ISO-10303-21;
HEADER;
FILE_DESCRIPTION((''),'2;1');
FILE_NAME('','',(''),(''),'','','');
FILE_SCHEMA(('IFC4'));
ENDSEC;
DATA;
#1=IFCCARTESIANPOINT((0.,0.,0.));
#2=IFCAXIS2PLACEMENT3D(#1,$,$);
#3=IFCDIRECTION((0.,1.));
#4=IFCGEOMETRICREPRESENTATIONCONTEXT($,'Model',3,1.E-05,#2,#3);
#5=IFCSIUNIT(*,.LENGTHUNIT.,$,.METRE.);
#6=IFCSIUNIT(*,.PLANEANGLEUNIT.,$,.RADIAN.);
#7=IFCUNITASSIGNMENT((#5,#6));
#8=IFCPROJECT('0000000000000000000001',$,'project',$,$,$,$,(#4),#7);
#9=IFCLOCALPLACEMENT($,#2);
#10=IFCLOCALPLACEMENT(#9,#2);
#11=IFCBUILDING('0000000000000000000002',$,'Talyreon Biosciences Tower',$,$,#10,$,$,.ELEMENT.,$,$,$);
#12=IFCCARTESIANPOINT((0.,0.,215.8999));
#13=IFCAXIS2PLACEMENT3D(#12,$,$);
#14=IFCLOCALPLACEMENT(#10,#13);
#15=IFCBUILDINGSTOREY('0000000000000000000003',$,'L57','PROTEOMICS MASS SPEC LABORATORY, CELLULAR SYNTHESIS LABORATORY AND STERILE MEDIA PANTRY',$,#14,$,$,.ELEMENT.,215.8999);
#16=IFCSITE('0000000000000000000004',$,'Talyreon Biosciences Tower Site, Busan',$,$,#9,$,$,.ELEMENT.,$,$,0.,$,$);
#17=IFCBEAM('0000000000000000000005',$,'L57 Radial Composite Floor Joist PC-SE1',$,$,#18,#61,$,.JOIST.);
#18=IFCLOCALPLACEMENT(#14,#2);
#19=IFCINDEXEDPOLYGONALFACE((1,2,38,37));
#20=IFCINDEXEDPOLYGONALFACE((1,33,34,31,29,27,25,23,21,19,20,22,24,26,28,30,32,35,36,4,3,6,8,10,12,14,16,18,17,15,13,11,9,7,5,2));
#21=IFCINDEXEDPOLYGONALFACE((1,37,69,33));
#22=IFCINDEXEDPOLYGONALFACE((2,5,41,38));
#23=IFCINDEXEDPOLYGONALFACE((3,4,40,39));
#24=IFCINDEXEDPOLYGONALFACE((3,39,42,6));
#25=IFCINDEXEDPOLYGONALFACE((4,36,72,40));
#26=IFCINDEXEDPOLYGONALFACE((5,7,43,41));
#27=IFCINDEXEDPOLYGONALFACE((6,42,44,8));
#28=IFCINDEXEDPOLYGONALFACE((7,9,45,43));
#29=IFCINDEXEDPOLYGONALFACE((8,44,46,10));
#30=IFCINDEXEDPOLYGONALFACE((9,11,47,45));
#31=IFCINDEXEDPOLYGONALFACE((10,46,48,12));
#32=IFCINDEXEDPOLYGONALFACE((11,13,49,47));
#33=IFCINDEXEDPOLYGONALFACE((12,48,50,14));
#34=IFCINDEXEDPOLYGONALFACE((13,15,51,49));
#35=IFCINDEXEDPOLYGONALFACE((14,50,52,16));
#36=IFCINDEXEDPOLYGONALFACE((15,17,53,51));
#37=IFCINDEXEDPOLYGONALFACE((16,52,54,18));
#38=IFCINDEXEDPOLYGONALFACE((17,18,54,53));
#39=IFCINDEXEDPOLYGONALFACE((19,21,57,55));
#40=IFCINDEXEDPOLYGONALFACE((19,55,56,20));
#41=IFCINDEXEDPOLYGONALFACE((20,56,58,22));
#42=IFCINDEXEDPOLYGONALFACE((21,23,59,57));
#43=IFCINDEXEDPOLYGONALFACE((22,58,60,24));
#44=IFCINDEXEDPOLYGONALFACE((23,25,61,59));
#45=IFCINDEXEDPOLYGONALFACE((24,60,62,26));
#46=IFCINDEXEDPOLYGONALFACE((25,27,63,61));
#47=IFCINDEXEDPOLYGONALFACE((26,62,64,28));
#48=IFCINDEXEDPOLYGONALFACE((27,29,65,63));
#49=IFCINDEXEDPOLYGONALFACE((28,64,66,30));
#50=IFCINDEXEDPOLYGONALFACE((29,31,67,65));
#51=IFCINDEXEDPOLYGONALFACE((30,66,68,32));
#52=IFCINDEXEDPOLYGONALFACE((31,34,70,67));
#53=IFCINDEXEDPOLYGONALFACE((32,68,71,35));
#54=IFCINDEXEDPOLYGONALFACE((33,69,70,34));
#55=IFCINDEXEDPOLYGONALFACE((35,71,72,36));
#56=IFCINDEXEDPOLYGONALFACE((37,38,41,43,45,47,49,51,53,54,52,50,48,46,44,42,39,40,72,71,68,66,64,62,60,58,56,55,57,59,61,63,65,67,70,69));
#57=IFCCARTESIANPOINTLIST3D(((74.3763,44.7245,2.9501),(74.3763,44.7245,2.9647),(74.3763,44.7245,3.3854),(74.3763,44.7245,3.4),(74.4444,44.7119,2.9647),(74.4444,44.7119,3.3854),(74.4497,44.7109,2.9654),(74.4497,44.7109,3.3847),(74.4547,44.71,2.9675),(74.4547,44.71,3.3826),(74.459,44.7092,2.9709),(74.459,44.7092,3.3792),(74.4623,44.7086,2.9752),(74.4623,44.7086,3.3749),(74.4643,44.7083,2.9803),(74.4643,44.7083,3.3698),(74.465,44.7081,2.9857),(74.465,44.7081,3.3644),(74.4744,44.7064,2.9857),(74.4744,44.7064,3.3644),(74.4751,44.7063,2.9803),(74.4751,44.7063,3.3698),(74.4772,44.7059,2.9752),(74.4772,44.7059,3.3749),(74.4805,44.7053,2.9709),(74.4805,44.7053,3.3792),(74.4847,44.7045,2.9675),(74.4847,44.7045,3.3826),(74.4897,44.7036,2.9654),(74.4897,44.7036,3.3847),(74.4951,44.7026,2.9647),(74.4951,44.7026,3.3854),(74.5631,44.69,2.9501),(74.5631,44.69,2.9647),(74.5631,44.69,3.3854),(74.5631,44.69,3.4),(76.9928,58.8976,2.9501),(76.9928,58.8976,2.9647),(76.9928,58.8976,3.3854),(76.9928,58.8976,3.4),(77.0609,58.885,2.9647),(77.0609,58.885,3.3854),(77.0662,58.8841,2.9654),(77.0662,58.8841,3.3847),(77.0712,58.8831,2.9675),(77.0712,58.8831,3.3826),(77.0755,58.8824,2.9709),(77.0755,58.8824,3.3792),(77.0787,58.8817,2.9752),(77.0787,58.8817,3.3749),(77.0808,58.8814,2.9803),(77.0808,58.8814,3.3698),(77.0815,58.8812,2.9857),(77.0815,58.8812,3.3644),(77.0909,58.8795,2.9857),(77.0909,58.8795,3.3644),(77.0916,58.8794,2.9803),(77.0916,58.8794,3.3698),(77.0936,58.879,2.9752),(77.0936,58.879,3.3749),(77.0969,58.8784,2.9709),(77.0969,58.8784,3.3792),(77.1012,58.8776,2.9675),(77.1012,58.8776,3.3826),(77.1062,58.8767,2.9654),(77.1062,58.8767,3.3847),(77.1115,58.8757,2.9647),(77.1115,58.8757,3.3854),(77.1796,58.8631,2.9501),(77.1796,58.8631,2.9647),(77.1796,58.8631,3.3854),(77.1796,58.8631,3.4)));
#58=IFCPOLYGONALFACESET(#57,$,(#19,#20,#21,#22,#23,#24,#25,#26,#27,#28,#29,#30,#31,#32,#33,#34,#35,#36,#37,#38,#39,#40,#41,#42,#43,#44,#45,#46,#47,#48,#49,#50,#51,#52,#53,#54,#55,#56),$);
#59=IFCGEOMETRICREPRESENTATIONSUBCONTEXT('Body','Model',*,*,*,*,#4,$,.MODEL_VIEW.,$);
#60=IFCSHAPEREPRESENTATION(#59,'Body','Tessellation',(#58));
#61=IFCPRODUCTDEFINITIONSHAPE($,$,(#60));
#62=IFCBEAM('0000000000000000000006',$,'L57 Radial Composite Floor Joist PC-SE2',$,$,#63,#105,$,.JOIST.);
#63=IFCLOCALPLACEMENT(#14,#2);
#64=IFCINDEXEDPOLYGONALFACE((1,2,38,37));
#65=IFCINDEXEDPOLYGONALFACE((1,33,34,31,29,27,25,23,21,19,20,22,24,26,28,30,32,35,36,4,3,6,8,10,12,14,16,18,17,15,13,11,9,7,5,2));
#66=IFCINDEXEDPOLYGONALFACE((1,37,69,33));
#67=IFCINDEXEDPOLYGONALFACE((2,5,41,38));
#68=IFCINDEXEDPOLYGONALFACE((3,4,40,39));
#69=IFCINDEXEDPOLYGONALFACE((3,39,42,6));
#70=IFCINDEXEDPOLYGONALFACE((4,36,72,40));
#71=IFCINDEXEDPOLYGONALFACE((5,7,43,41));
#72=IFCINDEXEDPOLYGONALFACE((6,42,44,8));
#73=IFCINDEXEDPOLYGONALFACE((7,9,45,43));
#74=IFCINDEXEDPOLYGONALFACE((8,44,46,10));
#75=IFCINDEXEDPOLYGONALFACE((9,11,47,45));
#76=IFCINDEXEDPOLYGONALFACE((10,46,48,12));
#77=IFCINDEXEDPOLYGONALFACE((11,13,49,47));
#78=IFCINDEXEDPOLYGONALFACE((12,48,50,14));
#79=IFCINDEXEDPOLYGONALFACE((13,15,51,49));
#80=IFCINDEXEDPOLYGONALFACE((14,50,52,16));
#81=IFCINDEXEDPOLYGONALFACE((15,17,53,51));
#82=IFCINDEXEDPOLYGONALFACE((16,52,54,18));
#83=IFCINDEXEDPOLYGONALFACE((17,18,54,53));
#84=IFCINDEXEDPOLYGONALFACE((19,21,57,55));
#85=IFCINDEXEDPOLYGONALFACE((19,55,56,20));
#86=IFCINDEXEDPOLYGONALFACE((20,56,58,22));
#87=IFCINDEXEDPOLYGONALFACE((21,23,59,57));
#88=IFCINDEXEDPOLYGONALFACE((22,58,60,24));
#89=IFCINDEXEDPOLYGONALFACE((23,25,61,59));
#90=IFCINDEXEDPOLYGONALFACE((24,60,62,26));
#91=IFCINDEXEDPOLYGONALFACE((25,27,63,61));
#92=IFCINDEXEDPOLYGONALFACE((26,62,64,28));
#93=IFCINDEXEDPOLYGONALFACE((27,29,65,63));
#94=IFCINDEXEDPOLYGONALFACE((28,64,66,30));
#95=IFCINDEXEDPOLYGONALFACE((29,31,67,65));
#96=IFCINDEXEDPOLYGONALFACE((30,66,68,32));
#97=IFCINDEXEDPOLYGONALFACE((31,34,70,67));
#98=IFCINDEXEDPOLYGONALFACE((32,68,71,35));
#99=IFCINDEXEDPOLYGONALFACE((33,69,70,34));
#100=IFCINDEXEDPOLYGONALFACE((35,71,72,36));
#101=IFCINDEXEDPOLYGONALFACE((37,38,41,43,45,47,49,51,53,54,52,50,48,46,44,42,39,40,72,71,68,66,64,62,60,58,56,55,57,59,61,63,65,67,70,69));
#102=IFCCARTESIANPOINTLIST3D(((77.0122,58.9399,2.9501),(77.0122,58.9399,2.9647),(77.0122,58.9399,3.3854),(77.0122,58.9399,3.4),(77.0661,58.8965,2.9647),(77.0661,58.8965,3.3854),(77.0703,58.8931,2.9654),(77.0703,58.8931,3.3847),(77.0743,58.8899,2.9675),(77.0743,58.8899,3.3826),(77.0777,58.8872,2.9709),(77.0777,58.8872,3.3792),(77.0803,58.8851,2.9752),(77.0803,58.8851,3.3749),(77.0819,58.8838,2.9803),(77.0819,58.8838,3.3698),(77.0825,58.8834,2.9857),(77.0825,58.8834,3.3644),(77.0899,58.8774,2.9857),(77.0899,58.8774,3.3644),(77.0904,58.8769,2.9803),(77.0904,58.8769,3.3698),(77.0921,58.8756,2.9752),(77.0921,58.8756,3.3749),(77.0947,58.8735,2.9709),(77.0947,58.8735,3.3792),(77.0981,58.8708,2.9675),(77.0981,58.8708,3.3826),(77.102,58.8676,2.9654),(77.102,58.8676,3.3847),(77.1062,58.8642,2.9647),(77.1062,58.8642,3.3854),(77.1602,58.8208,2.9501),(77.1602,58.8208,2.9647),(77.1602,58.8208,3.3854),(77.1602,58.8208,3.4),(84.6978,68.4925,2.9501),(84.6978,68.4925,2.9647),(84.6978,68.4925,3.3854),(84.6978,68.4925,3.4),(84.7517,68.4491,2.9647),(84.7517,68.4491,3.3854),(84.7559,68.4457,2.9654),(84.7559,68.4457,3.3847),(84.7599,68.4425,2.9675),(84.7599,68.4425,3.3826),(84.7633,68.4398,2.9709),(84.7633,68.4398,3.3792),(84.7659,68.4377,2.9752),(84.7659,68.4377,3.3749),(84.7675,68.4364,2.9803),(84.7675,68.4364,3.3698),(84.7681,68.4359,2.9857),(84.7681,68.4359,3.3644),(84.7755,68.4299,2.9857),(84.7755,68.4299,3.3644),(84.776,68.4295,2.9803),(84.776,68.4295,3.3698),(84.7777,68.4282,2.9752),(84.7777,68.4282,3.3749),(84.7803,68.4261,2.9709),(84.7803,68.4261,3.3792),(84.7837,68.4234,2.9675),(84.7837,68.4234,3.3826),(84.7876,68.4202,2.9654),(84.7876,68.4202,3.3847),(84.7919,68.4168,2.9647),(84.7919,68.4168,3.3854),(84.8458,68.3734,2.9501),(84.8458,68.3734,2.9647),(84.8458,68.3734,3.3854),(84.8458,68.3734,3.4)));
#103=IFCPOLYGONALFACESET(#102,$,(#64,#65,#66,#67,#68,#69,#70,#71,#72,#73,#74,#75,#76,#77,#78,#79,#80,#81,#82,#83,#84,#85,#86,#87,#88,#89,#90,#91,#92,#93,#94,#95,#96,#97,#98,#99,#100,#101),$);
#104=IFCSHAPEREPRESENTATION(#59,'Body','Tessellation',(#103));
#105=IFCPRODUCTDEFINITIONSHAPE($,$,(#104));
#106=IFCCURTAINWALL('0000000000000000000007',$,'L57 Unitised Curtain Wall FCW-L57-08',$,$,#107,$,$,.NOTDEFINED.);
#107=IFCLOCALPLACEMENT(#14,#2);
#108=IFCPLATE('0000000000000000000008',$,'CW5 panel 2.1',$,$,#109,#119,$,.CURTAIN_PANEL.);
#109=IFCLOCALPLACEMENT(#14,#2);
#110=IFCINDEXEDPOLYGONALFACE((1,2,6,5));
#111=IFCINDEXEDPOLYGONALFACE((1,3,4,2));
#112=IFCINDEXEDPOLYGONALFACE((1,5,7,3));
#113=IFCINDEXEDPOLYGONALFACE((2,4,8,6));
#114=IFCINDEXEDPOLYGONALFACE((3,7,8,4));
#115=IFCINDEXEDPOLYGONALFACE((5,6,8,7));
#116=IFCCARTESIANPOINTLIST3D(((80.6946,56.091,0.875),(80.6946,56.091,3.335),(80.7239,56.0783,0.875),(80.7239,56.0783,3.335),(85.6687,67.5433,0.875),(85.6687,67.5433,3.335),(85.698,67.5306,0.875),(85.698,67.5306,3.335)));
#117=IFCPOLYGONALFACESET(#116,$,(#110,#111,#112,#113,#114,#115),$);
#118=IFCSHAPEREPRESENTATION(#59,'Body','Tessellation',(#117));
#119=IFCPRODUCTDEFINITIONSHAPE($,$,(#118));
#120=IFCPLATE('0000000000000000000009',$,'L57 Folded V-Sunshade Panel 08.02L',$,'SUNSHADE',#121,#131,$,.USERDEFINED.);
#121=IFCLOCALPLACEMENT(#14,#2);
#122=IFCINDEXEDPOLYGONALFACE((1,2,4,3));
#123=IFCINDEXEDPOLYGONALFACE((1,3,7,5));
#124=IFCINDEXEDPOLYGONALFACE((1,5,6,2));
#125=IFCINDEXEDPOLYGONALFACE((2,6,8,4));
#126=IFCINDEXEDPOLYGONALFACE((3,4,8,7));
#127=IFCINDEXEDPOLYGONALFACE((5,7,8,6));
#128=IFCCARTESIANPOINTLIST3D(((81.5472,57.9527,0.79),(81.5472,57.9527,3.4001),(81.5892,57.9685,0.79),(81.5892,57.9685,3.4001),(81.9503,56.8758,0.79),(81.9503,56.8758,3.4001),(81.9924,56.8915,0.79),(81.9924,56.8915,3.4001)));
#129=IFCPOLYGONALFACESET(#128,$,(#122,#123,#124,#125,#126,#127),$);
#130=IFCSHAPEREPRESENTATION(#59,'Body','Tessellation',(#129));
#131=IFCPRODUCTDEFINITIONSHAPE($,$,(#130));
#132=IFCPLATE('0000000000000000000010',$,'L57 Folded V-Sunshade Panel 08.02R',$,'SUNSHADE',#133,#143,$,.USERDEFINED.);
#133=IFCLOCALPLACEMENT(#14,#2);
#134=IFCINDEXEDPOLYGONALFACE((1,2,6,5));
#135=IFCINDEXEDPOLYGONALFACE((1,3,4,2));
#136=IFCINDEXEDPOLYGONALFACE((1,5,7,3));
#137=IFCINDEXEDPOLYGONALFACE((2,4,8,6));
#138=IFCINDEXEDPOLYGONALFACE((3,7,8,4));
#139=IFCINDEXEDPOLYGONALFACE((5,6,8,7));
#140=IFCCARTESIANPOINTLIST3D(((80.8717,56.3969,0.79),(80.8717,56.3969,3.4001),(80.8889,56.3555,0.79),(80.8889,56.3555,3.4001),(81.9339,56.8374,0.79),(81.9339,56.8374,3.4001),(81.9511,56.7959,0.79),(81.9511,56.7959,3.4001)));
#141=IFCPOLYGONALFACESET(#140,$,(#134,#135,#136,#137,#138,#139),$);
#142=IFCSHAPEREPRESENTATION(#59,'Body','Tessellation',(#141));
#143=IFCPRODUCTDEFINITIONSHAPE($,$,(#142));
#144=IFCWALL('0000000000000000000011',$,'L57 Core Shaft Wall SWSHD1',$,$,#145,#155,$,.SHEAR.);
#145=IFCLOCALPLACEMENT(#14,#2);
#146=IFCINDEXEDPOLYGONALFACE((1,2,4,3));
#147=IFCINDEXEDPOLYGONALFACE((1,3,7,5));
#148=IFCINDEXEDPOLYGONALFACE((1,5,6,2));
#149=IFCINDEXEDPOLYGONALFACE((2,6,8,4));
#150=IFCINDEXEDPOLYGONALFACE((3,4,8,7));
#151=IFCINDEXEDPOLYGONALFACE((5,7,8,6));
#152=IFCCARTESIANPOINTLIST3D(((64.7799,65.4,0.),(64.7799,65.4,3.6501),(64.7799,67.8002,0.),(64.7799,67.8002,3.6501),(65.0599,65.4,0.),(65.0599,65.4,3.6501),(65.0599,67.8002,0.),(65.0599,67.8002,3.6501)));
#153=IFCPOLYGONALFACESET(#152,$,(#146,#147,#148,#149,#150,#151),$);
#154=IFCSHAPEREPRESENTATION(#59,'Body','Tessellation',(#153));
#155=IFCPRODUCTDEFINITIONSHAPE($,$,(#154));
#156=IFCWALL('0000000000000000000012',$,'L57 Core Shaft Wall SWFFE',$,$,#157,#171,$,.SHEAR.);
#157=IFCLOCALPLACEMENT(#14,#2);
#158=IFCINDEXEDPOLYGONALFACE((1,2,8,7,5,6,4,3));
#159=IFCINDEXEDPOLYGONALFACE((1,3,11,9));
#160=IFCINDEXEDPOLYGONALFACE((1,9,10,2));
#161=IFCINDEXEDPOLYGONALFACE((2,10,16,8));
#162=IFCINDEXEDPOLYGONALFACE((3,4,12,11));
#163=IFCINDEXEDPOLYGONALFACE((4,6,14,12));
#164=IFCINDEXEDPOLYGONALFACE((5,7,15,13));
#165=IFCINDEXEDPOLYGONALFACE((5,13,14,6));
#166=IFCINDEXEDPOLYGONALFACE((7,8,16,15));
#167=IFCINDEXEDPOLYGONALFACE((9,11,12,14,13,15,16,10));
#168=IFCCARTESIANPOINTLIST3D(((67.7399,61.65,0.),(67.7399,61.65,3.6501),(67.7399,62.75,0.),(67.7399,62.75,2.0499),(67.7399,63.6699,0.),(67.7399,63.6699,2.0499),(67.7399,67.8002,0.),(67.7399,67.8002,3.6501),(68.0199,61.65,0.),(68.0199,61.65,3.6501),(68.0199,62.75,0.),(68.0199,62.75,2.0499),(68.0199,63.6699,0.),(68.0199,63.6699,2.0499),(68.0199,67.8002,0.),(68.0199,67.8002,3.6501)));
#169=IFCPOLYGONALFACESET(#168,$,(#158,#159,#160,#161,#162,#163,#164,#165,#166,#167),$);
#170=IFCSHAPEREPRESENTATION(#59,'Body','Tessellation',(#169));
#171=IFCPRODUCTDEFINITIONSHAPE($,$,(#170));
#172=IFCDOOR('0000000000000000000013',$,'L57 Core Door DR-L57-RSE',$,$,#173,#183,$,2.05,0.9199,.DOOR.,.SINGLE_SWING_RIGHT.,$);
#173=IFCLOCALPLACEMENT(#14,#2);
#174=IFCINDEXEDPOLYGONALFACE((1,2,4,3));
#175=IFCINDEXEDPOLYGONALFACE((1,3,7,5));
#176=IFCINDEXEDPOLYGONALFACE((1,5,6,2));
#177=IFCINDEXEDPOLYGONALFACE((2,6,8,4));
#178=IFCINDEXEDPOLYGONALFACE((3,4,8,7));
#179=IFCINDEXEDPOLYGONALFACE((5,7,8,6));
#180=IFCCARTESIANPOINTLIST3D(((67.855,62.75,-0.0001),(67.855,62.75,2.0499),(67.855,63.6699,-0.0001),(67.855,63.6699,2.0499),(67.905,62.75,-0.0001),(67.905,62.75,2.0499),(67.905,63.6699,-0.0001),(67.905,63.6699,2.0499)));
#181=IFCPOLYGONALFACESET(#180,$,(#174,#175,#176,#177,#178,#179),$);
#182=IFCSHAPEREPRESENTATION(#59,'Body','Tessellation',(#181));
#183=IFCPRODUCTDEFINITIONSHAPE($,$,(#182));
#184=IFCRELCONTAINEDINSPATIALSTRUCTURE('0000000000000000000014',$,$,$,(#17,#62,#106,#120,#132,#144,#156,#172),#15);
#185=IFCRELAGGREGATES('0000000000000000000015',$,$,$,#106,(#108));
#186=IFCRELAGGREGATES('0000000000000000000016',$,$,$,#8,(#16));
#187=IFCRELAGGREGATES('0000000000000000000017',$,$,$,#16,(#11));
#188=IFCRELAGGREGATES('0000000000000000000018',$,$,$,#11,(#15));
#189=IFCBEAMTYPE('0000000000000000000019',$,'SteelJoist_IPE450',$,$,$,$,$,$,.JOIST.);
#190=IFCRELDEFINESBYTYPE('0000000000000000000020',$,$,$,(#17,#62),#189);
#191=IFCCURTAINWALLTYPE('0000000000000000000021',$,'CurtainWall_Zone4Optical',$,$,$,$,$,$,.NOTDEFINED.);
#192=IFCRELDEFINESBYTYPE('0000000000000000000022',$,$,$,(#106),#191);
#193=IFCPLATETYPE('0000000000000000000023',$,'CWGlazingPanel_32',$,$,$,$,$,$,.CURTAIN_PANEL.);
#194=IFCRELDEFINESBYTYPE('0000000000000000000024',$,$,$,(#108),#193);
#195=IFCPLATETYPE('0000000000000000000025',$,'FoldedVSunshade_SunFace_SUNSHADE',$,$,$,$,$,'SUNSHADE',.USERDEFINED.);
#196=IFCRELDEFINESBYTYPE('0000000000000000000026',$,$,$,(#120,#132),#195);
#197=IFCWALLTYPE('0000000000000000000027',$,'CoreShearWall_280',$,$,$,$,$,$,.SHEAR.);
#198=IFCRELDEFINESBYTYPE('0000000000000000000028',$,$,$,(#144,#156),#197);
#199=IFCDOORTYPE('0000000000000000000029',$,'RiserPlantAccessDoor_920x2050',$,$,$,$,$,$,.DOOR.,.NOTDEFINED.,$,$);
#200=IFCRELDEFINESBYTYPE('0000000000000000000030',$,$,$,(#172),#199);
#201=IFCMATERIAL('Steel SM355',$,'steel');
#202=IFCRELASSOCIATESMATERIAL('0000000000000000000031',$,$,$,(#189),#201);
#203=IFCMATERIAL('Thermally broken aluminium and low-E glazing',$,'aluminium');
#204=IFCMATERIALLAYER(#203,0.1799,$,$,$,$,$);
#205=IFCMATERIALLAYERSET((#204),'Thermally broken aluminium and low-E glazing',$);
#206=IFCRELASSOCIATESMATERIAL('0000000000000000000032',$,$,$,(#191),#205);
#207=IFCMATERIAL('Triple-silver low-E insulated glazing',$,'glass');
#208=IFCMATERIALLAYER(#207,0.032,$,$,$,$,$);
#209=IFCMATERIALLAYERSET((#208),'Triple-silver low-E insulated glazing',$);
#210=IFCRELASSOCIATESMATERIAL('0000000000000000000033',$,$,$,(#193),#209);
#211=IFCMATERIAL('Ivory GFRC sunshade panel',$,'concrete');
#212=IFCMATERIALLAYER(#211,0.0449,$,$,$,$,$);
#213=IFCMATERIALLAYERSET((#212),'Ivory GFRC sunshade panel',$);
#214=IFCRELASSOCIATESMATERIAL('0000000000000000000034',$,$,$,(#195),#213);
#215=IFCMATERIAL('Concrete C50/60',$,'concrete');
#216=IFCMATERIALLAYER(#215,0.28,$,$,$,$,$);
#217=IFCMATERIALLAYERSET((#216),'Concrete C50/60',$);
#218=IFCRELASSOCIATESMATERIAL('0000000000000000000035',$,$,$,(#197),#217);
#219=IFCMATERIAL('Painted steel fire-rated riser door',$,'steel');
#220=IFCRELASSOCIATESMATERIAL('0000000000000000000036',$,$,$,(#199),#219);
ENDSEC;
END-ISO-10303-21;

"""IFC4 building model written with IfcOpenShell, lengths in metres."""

from ifc_helpers import new_model, si_unit, direction, frame, frame_2d, origin, origin_2d, place, context, subcontext, project, spatial, rectangle, i_section, extrude, material, layer, layer_set, material_profile, profile_set, type_object, element, fill, aggregate, save


model = new_model("IFC4")

# Units and contexts
model_context = context("Model", 3, precision=1e-05, world=origin(), true_north=direction((0.0, 1.0)))
body_context = subcontext(model_context, "Body", "Model", "MODEL_VIEW")
ifc_project = project(units=[si_unit("LENGTHUNIT", "METRE"), si_unit("PLANEANGLEUNIT", "RADIAN")], contexts=[model_context])

# Site, building, storey
site_placement = place(None, origin())
site = spatial("IfcSite", under=ifc_project, at=site_placement, Name="Talyreon Biosciences Tower Site, Busan", CompositionType="ELEMENT", RefElevation=0.0)
building_placement = place(site_placement, origin())
building = spatial("IfcBuilding", under=site, at=building_placement, Name="Talyreon Biosciences Tower", CompositionType="ELEMENT")
storey_placement = place(building_placement, frame((0.0, 0.0, 215.8999)))
storey = spatial("IfcBuildingStorey", under=building, at=storey_placement, Name="L57", Description="PROTEOMICS MASS SPEC LABORATORY, CELLULAR SYNTHESIS LABORATORY AND STERILE MEDIA PANTRY", CompositionType="ELEMENT", Elevation=215.8999)

# Shared definitions
ifc_material_1 = material(Name="Concrete C50/60", Category="concrete")

# Beams
ifc_material_2 = material(Name="Steel SM355", Category="steel")
ifc_material_profile_1 = material_profile(ifc_material_2, i_section(OverallWidth=0.1899, OverallDepth=0.45, WebThickness=0.0095, FlangeThickness=0.0146, FilletRadius=0.021, at=origin_2d()), Name="IPE450")
ifc_profile_set_1 = profile_set([ifc_material_profile_1], Name="Steel SM355")
beam_type_1 = type_object("IfcBeamType", Name="SteelJoist_IPE450", PredefinedType="JOIST", material=ifc_profile_set_1)
beam_1_placement = place(storey_placement, frame((77.0862, 58.8804, 3.175), z_axis=(-0.18154, -0.983384, 0.0), x_axis=(0.983384, -0.18154, 0.0)))
element("IfcBeam", 1, at=beam_1_placement, inside=storey, type_object=beam_type_1, Name="L57 Radial Composite Floor Joist PC-SE1", PredefinedType="JOIST", context=body_context, shape_type="SweptSolid", body=[
    extrude(i_section(OverallWidth=0.1899, OverallDepth=0.45, WebThickness=0.0095, FlangeThickness=0.0146, FilletRadius=0.021, at=origin_2d()), origin(), (0.0, 0.0, 1.0), 14.4126),
])
beam_2_placement = place(storey_placement, frame((77.0862, 58.8804, 3.175), z_axis=(0.626859, 0.779133, 0.0), x_axis=(-0.779133, 0.626859, 0.0)))
element("IfcBeam", 2, at=beam_2_placement, inside=storey, type_object=beam_type_1, Name="L57 Radial Composite Floor Joist PC-SE2", PredefinedType="JOIST", context=body_context, shape_type="SweptSolid", body=[
    extrude(i_section(OverallWidth=0.1899, OverallDepth=0.45, WebThickness=0.0095, FlangeThickness=0.0146, FilletRadius=0.021, at=origin_2d()), origin(), (0.0, 0.0, 1.0), 12.2605),
])

# Curtain wall, plate
ifc_material_3 = material(Name="Thermally broken aluminium and low-E glazing", Category="aluminium")
ifc_layer_1 = layer(ifc_material_3, 0.1799)
ifc_layer_set_1 = layer_set([ifc_layer_1], Name="Thermally broken aluminium and low-E glazing")
curtain_wall_type = type_object("IfcCurtainWallType", Name="CurtainWall_Zone4Optical", PredefinedType="NOTDEFINED", material=ifc_layer_set_1)
curtain_wall_placement = place(storey_placement, origin())
curtain_wall = element("IfcCurtainWall", 3, at=curtain_wall_placement, inside=storey, type_object=curtain_wall_type, Name="L57 Unitised Curtain Wall FCW-L57-08", PredefinedType="NOTDEFINED")
ifc_material_4 = material(Name="Triple-silver low-E insulated glazing", Category="glass")
ifc_layer_2 = layer(ifc_material_4, 0.032)
ifc_layer_set_2 = layer_set([ifc_layer_2], Name="Triple-silver low-E insulated glazing")
plate_type_1 = type_object("IfcPlateType", Name="CWGlazingPanel_32", PredefinedType="CURTAIN_PANEL", material=ifc_layer_set_2)
plate_placement = place(storey_placement, frame((83.1963, 61.8108, 0.875), z_axis=(0.0, 0.0, 1.0), x_axis=(-0.398376, -0.917222, 0.0)))
plate = element("IfcPlate", 4, at=plate_placement, type_object=plate_type_1, Name="CW5 panel 2.1", PredefinedType="CURTAIN_PANEL", context=body_context, shape_type="SweptSolid", body=[
    extrude(rectangle(XDim=12.4858, YDim=0.032, at=origin_2d()), origin(), (0.0, 0.0, 1.0), 2.46),
])
aggregate(curtain_wall, [plate])

# Plates
ifc_material_5 = material(Name="Ivory GFRC sunshade panel", Category="concrete")
ifc_layer_3 = layer(ifc_material_5, 0.0449)
ifc_layer_set_3 = layer_set([ifc_layer_3], Name="Ivory GFRC sunshade panel")
plate_type_2 = type_object("IfcPlateType", Name="FoldedVSunshade_SunFace_SUNSHADE", ElementType="SUNSHADE", PredefinedType="USERDEFINED", material=ifc_layer_set_3)
for number, where, z_axis, x_axis, name in (
    (5, (81.7698, 57.4221, 0.79), (0.0, 0.0, 1.0), (0.350583, -0.936532, 0.0), "L57 Folded V-Sunshade Panel 08.02L"),
    (6, (81.4114, 56.5964, 0.79), (0.0, 0.0, 1.0), (-0.923726, -0.383054, 0.0), "L57 Folded V-Sunshade Panel 08.02R"),
):
    element("IfcPlate", number, at=place(storey_placement, frame(where, z_axis=z_axis, x_axis=x_axis)), inside=storey, type_object=plate_type_2, Name=name, ObjectType="SUNSHADE", PredefinedType="USERDEFINED", context=body_context, shape_type="SweptSolid", body=[
        extrude(rectangle(XDim=1.1499, YDim=0.0449, at=origin_2d()), origin(), (0.0, 0.0, 1.0), 2.6101),
    ])

# Wall
ifc_layer_4 = layer(ifc_material_1, 0.28)
ifc_layer_set_4 = layer_set([ifc_layer_4], Name="Concrete C50/60")
wall_type_1 = type_object("IfcWallType", Name="CoreShearWall_280", PredefinedType="SHEAR", material=ifc_layer_set_4)
wall_1_placement = place(storey_placement, frame((64.9199, 65.3999, 0.0), z_axis=(0.0, 0.0, 1.0), x_axis=(0.0, 1.0, 0.0)))
element("IfcWall", 7, at=wall_1_placement, inside=storey, type_object=wall_type_1, Name="L57 Core Shaft Wall SWSHD1", PredefinedType="SHEAR", context=body_context, shape_type="SweptSolid", body=[
    extrude(rectangle(XDim=2.4001, YDim=0.28, at=frame_2d((1.2002, 0.0))), origin(), (0.0, 0.0, 1.0), 3.6501),
])

# Wall, opening, door
wall_2_placement = place(storey_placement, frame((67.8799, 61.6499, 0.0), z_axis=(0.0, 0.0, 1.0), x_axis=(0.0, 1.0, 0.0)))
wall_2 = element("IfcWall", 8, at=wall_2_placement, inside=storey, type_object=wall_type_1, Name="L57 Core Shaft Wall SWFFE", PredefinedType="SHEAR", context=body_context, shape_type="SweptSolid", body=[
    extrude(rectangle(XDim=6.1501, YDim=0.28, at=frame_2d((3.0752, 0.0))), origin(), (0.0, 0.0, 1.0), 3.6501),
])
opening_1_placement = place(wall_2_placement, frame((1.1001, 0.0, 0.0)))
opening_1 = element("IfcOpeningElement", 9, at=opening_1_placement, cuts=wall_2, PredefinedType="OPENING", context=body_context, shape_type="SweptSolid", body=[
    extrude(rectangle(XDim=0.9199, YDim=2.05, at=frame_2d((0.46, 1.0249))), frame((0.0, 0.1499, 0.0), z_axis=(0.0, -1.0, 0.0), x_axis=(1.0, 0.0, 0.0)), (0.0, 0.0, 1.0), 0.3),
])
ifc_material_6 = material(Name="Painted steel fire-rated riser door", Category="steel")
door_type_1 = type_object("IfcDoorType", Name="RiserPlantAccessDoor_920x2050", OperationType="NOTDEFINED", PredefinedType="DOOR", material=ifc_material_6)
door_1_placement = place(opening_1_placement, origin())
door_1 = element("IfcDoor", 10, at=door_1_placement, inside=storey, type_object=door_type_1, Name="L57 Core Door DR-L57-RSE", OperationType="SINGLE_SWING_RIGHT", OverallHeight=2.05, OverallWidth=0.9199, PredefinedType="DOOR", context=body_context, shape_type="SweptSolid", body=[
    extrude(rectangle(XDim=0.9199, YDim=2.05, at=frame_2d((0.46, 1.0249))), frame((0.0, 0.0249, 0.0), z_axis=(0.0, -1.0, 0.0), x_axis=(1.0, 0.0, 0.0)), (0.0, 0.0, 1.0), 0.05),
])
fill(opening_1, door_1)

save(model, "model.ifc")
